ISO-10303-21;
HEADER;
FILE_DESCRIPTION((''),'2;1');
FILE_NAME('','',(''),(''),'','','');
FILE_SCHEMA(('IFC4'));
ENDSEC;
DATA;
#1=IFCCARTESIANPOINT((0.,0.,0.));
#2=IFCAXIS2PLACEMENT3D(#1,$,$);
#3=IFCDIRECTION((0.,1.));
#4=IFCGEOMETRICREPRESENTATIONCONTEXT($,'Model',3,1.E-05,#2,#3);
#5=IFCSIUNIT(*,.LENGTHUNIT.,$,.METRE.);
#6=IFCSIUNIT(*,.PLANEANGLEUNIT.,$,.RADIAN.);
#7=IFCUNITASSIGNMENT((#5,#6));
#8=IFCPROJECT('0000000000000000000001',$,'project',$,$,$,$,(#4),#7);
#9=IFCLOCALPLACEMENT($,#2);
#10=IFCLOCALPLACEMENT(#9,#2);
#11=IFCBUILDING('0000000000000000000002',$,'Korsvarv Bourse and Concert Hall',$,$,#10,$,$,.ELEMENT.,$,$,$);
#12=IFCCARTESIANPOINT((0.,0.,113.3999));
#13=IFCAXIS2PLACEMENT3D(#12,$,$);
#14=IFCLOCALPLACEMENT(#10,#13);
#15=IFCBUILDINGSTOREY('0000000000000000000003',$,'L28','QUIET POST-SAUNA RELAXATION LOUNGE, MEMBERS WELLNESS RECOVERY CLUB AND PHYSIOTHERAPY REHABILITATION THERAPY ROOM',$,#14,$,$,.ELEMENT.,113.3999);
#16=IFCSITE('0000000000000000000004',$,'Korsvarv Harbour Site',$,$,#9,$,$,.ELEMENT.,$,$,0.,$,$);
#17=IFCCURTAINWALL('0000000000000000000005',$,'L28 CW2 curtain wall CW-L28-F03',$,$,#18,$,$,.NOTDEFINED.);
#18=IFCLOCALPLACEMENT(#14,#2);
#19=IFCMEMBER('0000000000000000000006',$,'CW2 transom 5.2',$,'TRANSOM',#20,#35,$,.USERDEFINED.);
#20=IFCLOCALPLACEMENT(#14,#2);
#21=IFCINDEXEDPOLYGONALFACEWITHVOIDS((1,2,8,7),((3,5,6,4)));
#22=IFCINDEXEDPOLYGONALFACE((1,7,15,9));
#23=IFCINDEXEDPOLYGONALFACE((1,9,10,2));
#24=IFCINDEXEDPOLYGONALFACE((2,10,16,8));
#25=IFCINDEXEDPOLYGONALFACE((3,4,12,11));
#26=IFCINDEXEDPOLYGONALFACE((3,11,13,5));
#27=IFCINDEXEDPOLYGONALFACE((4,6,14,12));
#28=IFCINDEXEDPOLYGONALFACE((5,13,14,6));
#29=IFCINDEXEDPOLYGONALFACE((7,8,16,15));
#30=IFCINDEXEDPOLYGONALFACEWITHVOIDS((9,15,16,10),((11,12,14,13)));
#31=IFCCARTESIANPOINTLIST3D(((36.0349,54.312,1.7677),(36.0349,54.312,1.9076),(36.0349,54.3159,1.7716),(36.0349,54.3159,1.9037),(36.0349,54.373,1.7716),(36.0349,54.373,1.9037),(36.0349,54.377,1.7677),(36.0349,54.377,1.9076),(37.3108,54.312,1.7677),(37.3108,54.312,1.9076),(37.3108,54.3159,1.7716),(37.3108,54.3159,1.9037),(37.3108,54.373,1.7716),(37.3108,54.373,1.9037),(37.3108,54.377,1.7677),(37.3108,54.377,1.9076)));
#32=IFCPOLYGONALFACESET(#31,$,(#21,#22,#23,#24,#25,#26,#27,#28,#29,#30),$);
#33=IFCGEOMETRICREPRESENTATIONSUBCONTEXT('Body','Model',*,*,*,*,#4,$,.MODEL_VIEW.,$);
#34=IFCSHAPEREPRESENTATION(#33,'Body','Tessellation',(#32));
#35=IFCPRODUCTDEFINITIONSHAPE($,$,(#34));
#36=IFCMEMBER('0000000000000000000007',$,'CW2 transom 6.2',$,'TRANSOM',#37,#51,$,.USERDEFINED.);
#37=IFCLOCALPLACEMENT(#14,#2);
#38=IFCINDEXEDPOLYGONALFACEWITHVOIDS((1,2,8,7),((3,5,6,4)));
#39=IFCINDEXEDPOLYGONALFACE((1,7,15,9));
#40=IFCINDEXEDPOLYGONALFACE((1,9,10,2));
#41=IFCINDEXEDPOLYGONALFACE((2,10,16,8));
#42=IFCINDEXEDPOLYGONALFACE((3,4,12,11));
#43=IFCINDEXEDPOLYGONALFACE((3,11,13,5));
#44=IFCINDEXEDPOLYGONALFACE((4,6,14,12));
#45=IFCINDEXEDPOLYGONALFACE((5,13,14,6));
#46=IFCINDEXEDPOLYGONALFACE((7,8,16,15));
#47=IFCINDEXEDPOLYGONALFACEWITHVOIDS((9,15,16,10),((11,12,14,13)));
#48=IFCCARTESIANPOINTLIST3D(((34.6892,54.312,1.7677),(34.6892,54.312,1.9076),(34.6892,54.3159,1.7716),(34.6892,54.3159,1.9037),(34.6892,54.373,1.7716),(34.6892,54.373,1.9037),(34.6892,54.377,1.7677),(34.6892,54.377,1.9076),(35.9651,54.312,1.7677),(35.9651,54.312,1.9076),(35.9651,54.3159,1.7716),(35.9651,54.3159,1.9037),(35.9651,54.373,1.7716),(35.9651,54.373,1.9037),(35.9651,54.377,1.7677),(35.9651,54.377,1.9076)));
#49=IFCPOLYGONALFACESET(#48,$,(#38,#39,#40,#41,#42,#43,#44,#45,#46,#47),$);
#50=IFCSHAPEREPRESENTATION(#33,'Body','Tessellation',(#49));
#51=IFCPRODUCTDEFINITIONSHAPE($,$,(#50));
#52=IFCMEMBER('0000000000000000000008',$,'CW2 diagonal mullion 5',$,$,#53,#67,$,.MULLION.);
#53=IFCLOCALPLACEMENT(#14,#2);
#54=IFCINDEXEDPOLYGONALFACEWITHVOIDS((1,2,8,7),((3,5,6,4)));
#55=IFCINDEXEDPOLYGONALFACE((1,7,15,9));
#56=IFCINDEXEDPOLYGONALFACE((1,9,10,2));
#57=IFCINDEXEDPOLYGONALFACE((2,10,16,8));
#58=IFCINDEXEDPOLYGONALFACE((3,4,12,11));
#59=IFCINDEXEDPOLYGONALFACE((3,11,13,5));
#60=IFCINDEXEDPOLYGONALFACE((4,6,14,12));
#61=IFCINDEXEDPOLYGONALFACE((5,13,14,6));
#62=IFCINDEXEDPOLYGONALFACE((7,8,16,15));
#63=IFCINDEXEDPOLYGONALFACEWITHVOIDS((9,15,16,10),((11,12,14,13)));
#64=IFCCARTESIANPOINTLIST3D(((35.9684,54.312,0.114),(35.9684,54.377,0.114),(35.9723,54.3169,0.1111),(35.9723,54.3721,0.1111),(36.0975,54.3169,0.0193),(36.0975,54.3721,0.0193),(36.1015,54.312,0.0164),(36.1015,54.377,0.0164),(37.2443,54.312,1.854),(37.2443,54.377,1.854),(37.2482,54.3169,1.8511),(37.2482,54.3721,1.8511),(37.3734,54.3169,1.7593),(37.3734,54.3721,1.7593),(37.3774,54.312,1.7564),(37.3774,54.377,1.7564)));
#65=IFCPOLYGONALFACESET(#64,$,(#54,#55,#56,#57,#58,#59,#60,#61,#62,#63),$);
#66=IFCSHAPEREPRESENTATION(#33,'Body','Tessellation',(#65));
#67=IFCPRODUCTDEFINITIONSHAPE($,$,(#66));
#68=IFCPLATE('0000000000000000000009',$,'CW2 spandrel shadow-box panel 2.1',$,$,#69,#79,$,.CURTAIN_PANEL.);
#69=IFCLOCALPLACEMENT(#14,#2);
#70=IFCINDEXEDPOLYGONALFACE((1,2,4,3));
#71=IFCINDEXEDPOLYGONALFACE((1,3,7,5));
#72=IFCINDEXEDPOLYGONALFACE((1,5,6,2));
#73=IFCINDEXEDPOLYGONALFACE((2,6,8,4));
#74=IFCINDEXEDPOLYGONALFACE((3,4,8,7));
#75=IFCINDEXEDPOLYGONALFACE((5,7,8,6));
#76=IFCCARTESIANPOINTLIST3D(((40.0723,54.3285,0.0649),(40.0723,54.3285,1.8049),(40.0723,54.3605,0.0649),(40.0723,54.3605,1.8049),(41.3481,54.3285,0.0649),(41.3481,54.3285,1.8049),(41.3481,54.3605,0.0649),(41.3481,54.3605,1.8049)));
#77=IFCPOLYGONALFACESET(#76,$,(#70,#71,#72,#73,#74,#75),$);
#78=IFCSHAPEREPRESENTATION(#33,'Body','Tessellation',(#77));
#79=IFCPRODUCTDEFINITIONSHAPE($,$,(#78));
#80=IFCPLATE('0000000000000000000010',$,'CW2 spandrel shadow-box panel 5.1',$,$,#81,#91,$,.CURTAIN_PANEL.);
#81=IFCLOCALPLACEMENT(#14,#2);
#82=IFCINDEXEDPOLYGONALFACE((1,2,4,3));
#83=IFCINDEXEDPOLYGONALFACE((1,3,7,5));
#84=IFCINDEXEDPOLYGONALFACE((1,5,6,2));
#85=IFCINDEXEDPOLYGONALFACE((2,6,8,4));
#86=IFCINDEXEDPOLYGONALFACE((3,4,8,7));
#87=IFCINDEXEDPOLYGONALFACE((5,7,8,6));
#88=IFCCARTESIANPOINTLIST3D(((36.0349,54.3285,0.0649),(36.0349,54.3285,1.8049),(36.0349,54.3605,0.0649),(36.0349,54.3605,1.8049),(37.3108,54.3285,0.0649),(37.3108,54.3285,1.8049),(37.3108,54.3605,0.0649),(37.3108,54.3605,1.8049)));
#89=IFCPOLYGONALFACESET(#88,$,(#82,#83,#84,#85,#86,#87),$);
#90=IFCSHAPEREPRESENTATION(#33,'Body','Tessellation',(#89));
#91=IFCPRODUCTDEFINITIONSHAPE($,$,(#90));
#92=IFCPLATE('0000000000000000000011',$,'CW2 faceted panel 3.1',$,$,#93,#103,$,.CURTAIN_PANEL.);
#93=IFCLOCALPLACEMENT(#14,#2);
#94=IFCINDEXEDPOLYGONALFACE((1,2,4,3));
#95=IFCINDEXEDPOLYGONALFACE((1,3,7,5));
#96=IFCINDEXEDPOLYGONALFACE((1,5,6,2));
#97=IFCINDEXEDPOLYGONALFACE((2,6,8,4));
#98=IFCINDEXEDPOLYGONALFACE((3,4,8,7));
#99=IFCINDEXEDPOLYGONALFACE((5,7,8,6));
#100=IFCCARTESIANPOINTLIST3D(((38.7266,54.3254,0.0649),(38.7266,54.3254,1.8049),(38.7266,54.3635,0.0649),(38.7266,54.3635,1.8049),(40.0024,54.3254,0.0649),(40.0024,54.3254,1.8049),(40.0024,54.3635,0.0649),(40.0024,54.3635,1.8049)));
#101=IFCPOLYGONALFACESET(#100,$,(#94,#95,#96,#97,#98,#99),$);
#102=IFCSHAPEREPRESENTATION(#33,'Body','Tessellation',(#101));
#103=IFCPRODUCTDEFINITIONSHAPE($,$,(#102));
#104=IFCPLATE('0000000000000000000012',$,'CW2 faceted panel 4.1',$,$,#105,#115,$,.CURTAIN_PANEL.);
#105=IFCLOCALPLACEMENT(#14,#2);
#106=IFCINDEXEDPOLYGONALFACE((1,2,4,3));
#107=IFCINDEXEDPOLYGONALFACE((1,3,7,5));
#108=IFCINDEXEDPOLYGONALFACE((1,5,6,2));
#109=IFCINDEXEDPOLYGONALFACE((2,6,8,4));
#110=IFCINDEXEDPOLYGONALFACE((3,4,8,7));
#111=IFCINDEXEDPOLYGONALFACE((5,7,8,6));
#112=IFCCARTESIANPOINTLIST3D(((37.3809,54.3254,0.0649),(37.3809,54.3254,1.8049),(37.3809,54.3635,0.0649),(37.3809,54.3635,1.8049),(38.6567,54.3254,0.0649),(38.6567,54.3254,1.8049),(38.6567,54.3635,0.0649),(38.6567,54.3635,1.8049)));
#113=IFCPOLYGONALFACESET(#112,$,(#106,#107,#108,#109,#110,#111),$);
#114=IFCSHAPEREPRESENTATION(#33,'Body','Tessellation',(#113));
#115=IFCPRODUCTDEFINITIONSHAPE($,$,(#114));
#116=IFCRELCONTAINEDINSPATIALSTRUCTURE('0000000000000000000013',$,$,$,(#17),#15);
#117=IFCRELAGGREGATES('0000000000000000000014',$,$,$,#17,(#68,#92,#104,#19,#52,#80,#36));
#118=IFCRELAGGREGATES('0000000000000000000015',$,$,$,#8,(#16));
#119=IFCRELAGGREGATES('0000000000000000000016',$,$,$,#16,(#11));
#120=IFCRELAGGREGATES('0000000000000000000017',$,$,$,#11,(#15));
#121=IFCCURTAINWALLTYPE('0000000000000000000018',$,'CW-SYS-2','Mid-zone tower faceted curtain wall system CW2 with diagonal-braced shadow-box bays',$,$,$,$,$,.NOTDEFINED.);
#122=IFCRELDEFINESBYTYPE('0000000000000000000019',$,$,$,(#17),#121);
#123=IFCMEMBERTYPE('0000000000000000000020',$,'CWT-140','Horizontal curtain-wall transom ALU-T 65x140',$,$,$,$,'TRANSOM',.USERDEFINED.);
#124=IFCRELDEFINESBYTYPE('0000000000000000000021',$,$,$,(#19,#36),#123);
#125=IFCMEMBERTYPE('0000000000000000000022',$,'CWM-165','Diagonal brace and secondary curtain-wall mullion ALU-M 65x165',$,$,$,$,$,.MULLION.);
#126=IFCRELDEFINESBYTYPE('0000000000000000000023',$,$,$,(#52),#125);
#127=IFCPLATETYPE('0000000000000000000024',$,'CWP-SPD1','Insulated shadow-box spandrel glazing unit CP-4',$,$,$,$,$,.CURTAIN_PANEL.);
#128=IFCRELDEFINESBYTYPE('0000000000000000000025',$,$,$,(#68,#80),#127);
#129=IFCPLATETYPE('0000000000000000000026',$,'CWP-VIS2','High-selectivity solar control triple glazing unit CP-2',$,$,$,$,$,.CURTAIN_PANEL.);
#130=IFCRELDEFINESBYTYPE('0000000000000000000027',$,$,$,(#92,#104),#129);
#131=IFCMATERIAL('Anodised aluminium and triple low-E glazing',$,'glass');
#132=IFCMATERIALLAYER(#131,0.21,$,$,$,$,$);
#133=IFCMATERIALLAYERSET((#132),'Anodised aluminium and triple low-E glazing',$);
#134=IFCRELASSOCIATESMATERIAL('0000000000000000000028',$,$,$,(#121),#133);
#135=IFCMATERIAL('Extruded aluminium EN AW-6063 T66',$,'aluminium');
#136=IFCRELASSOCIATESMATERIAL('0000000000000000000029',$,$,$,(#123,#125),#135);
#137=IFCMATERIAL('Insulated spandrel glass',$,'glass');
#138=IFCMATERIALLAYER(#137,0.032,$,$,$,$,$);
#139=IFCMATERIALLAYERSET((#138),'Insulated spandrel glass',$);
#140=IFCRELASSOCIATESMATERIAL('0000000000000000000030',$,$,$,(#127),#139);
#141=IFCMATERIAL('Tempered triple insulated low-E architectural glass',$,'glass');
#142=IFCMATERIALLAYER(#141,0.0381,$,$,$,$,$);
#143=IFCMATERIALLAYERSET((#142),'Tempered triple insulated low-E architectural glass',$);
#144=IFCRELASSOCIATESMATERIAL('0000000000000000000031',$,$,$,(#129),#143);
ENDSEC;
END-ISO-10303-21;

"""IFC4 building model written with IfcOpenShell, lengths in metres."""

from ifc_helpers import new_model, si_unit, direction, frame, origin, origin_2d, place, context, subcontext, project, spatial, rectangle, hollow_rectangle, extrude, source, transform, mapped, material, layer, layer_set, material_profile, profile_set, type_object, element, aggregate, save


model = new_model("IFC4")

# Units and contexts
model_context = context("Model", 3, precision=1e-05, world=origin(), true_north=direction((0.0, 1.0)))
body_context = subcontext(model_context, "Body", "Model", "MODEL_VIEW")
ifc_project = project(units=[si_unit("LENGTHUNIT", "METRE"), si_unit("PLANEANGLEUNIT", "RADIAN")], contexts=[model_context])

# Site, building, storey
site_placement = place(None, origin())
site = spatial("IfcSite", under=ifc_project, at=site_placement, Name="Korsvarv Harbour Site", CompositionType="ELEMENT", RefElevation=0.0)
building_placement = place(site_placement, origin())
building = spatial("IfcBuilding", under=site, at=building_placement, Name="Korsvarv Bourse and Concert Hall", CompositionType="ELEMENT")
storey_placement = place(building_placement, frame((0.0, 0.0, 113.3999)))
storey = spatial("IfcBuildingStorey", under=building, at=storey_placement, Name="L28", Description="QUIET POST-SAUNA RELAXATION LOUNGE, MEMBERS WELLNESS RECOVERY CLUB AND PHYSIOTHERAPY REHABILITATION THERAPY ROOM", CompositionType="ELEMENT", Elevation=113.3999)

# Curtain wall, members, plates
ifc_material_1 = material(Name="Anodised aluminium and triple low-E glazing", Category="glass")
ifc_layer_1 = layer(ifc_material_1, 0.21)
ifc_layer_set_1 = layer_set([ifc_layer_1], Name="Anodised aluminium and triple low-E glazing")
curtain_wall_type = type_object("IfcCurtainWallType", Name="CW-SYS-2", Description="Mid-zone tower faceted curtain wall system CW2 with diagonal-braced shadow-box bays", PredefinedType="NOTDEFINED", material=ifc_layer_set_1)
curtain_wall_placement = place(storey_placement, origin())
curtain_wall = element("IfcCurtainWall", 1, at=curtain_wall_placement, inside=storey, type_object=curtain_wall_type, Name="L28 CW2 curtain wall CW-L28-F03", PredefinedType="NOTDEFINED")
ifc_material_2 = material(Name="Extruded aluminium EN AW-6063 T66", Category="aluminium")
ifc_material_profile_1 = material_profile(ifc_material_2, hollow_rectangle(XDim=0.0649, YDim=0.1399, WallThickness=0.0039, at=origin_2d()), Name="ALU-T 65x140")
ifc_profile_set_1 = profile_set([ifc_material_profile_1], Name="Extruded aluminium EN AW-6063 T66")
member_type_1 = type_object("IfcMemberType", Name="CWT-140", Description="Horizontal curtain-wall transom ALU-T 65x140", ElementType="TRANSOM", PredefinedType="USERDEFINED", material=ifc_profile_set_1)
shared_shape_1 = source(origin(), body_context, "Body", "SweptSolid", [
    extrude(hollow_rectangle(XDim=0.0649, YDim=0.1399, WallThickness=0.0039, at=origin_2d()), origin(), (0.0, 0.0, 1.0), 1.2759),
])
member_1_placement = place(storey_placement, frame((37.3108, 54.3445, 1.8376), z_axis=(-1.0, 0.0, 0.0), x_axis=(0.0, -1.0, 0.0)))
member_1 = element("IfcMember", 2, at=member_1_placement, type_object=member_type_1, Name="CW2 transom 5.2", ObjectType="TRANSOM", PredefinedType="USERDEFINED", context=body_context, shape_type="MappedRepresentation", body=[
    mapped(shared_shape_1, transform((0.0, 0.0, 0.0), scale=1.0)),
])
member_2_placement = place(storey_placement, frame((35.9651, 54.3445, 1.8376), z_axis=(-1.0, 0.0, 0.0), x_axis=(0.0, -1.0, 0.0)))
member_2 = element("IfcMember", 3, at=member_2_placement, type_object=member_type_1, Name="CW2 transom 6.2", ObjectType="TRANSOM", PredefinedType="USERDEFINED", context=body_context, shape_type="MappedRepresentation", body=[
    mapped(shared_shape_1, transform((0.0, 0.0, 0.0), scale=1.0)),
])
ifc_material_profile_2 = material_profile(ifc_material_2, hollow_rectangle(XDim=0.0649, YDim=0.165, WallThickness=0.0049, at=origin_2d()), Name="ALU-M 65x165")
ifc_profile_set_2 = profile_set([ifc_material_profile_2], Name="Extruded aluminium EN AW-6063 T66")
member_type_2 = type_object("IfcMemberType", Name="CWM-165", Description="Diagonal brace and secondary curtain-wall mullion ALU-M 65x165", PredefinedType="MULLION", material=ifc_profile_set_2)
shared_shape_2 = source(origin(), body_context, "Body", "SweptSolid", [
    extrude(hollow_rectangle(XDim=0.0649, YDim=0.165, WallThickness=0.0049, at=origin_2d()), origin(), (0.0, 0.0, 1.0), 2.1577),
])
member_3_placement = place(storey_placement, frame((36.0349, 54.3445, 0.0652), z_axis=(0.591329, 0.0, 0.80643), x_axis=(0.0, 1.0, 0.0)))
member_3 = element("IfcMember", 4, at=member_3_placement, type_object=member_type_2, Name="CW2 diagonal mullion 5", PredefinedType="MULLION", context=body_context, shape_type="MappedRepresentation", body=[
    mapped(shared_shape_2, transform((0.0, 0.0, 0.0), scale=1.0)),
])
ifc_material_3 = material(Name="Insulated spandrel glass", Category="glass")
ifc_layer_2 = layer(ifc_material_3, 0.032)
ifc_layer_set_2 = layer_set([ifc_layer_2], Name="Insulated spandrel glass")
plate_type_1 = type_object("IfcPlateType", Name="CWP-SPD1", Description="Insulated shadow-box spandrel glazing unit CP-4", PredefinedType="CURTAIN_PANEL", material=ifc_layer_set_2)
shared_shape_3 = source(origin(), body_context, "Body", "SweptSolid", [
    extrude(rectangle(XDim=1.2759, YDim=0.032, at=origin_2d()), origin(), (0.0, 0.0, 1.0), 1.74),
])
plate_1_placement = place(storey_placement, frame((40.7102, 54.3445, 0.0649), z_axis=(0.0, 0.0, 1.0), x_axis=(-1.0, 0.0, 0.0)))
plate_1 = element("IfcPlate", 5, at=plate_1_placement, type_object=plate_type_1, Name="CW2 spandrel shadow-box panel 2.1", PredefinedType="CURTAIN_PANEL", context=body_context, shape_type="MappedRepresentation", body=[
    mapped(shared_shape_3, transform((0.0, 0.0, 0.0), scale=1.0)),
])
plate_2_placement = place(storey_placement, frame((36.6729, 54.3445, 0.0649), z_axis=(0.0, 0.0, 1.0), x_axis=(-1.0, 0.0, 0.0)))
plate_2 = element("IfcPlate", 6, at=plate_2_placement, type_object=plate_type_1, Name="CW2 spandrel shadow-box panel 5.1", PredefinedType="CURTAIN_PANEL", context=body_context, shape_type="MappedRepresentation", body=[
    mapped(shared_shape_3, transform((0.0, 0.0, 0.0), scale=1.0)),
])
ifc_material_4 = material(Name="Tempered triple insulated low-E architectural glass", Category="glass")
ifc_layer_3 = layer(ifc_material_4, 0.0381)
ifc_layer_set_3 = layer_set([ifc_layer_3], Name="Tempered triple insulated low-E architectural glass")
plate_type_2 = type_object("IfcPlateType", Name="CWP-VIS2", Description="High-selectivity solar control triple glazing unit CP-2", PredefinedType="CURTAIN_PANEL", material=ifc_layer_set_3)
shared_shape_4 = source(origin(), body_context, "Body", "SweptSolid", [
    extrude(rectangle(XDim=1.2759, YDim=0.0381, at=origin_2d()), origin(), (0.0, 0.0, 1.0), 1.74),
])
plate_3_placement = place(storey_placement, frame((39.3645, 54.3445, 0.0649), z_axis=(0.0, 0.0, 1.0), x_axis=(-1.0, 0.0, 0.0)))
plate_3 = element("IfcPlate", 7, at=plate_3_placement, type_object=plate_type_2, Name="CW2 faceted panel 3.1", PredefinedType="CURTAIN_PANEL", context=body_context, shape_type="MappedRepresentation", body=[
    mapped(shared_shape_4, transform((0.0, 0.0, 0.0), scale=1.0)),
])
plate_4_placement = place(storey_placement, frame((38.0188, 54.3445, 0.0649), z_axis=(0.0, 0.0, 1.0), x_axis=(-1.0, 0.0, 0.0)))
plate_4 = element("IfcPlate", 8, at=plate_4_placement, type_object=plate_type_2, Name="CW2 faceted panel 4.1", PredefinedType="CURTAIN_PANEL", context=body_context, shape_type="MappedRepresentation", body=[
    mapped(shared_shape_4, transform((0.0, 0.0, 0.0), scale=1.0)),
])
aggregate(curtain_wall, [plate_1, plate_3, plate_4, member_1, member_3, plate_2, member_2])

save(model, "model.ifc")
